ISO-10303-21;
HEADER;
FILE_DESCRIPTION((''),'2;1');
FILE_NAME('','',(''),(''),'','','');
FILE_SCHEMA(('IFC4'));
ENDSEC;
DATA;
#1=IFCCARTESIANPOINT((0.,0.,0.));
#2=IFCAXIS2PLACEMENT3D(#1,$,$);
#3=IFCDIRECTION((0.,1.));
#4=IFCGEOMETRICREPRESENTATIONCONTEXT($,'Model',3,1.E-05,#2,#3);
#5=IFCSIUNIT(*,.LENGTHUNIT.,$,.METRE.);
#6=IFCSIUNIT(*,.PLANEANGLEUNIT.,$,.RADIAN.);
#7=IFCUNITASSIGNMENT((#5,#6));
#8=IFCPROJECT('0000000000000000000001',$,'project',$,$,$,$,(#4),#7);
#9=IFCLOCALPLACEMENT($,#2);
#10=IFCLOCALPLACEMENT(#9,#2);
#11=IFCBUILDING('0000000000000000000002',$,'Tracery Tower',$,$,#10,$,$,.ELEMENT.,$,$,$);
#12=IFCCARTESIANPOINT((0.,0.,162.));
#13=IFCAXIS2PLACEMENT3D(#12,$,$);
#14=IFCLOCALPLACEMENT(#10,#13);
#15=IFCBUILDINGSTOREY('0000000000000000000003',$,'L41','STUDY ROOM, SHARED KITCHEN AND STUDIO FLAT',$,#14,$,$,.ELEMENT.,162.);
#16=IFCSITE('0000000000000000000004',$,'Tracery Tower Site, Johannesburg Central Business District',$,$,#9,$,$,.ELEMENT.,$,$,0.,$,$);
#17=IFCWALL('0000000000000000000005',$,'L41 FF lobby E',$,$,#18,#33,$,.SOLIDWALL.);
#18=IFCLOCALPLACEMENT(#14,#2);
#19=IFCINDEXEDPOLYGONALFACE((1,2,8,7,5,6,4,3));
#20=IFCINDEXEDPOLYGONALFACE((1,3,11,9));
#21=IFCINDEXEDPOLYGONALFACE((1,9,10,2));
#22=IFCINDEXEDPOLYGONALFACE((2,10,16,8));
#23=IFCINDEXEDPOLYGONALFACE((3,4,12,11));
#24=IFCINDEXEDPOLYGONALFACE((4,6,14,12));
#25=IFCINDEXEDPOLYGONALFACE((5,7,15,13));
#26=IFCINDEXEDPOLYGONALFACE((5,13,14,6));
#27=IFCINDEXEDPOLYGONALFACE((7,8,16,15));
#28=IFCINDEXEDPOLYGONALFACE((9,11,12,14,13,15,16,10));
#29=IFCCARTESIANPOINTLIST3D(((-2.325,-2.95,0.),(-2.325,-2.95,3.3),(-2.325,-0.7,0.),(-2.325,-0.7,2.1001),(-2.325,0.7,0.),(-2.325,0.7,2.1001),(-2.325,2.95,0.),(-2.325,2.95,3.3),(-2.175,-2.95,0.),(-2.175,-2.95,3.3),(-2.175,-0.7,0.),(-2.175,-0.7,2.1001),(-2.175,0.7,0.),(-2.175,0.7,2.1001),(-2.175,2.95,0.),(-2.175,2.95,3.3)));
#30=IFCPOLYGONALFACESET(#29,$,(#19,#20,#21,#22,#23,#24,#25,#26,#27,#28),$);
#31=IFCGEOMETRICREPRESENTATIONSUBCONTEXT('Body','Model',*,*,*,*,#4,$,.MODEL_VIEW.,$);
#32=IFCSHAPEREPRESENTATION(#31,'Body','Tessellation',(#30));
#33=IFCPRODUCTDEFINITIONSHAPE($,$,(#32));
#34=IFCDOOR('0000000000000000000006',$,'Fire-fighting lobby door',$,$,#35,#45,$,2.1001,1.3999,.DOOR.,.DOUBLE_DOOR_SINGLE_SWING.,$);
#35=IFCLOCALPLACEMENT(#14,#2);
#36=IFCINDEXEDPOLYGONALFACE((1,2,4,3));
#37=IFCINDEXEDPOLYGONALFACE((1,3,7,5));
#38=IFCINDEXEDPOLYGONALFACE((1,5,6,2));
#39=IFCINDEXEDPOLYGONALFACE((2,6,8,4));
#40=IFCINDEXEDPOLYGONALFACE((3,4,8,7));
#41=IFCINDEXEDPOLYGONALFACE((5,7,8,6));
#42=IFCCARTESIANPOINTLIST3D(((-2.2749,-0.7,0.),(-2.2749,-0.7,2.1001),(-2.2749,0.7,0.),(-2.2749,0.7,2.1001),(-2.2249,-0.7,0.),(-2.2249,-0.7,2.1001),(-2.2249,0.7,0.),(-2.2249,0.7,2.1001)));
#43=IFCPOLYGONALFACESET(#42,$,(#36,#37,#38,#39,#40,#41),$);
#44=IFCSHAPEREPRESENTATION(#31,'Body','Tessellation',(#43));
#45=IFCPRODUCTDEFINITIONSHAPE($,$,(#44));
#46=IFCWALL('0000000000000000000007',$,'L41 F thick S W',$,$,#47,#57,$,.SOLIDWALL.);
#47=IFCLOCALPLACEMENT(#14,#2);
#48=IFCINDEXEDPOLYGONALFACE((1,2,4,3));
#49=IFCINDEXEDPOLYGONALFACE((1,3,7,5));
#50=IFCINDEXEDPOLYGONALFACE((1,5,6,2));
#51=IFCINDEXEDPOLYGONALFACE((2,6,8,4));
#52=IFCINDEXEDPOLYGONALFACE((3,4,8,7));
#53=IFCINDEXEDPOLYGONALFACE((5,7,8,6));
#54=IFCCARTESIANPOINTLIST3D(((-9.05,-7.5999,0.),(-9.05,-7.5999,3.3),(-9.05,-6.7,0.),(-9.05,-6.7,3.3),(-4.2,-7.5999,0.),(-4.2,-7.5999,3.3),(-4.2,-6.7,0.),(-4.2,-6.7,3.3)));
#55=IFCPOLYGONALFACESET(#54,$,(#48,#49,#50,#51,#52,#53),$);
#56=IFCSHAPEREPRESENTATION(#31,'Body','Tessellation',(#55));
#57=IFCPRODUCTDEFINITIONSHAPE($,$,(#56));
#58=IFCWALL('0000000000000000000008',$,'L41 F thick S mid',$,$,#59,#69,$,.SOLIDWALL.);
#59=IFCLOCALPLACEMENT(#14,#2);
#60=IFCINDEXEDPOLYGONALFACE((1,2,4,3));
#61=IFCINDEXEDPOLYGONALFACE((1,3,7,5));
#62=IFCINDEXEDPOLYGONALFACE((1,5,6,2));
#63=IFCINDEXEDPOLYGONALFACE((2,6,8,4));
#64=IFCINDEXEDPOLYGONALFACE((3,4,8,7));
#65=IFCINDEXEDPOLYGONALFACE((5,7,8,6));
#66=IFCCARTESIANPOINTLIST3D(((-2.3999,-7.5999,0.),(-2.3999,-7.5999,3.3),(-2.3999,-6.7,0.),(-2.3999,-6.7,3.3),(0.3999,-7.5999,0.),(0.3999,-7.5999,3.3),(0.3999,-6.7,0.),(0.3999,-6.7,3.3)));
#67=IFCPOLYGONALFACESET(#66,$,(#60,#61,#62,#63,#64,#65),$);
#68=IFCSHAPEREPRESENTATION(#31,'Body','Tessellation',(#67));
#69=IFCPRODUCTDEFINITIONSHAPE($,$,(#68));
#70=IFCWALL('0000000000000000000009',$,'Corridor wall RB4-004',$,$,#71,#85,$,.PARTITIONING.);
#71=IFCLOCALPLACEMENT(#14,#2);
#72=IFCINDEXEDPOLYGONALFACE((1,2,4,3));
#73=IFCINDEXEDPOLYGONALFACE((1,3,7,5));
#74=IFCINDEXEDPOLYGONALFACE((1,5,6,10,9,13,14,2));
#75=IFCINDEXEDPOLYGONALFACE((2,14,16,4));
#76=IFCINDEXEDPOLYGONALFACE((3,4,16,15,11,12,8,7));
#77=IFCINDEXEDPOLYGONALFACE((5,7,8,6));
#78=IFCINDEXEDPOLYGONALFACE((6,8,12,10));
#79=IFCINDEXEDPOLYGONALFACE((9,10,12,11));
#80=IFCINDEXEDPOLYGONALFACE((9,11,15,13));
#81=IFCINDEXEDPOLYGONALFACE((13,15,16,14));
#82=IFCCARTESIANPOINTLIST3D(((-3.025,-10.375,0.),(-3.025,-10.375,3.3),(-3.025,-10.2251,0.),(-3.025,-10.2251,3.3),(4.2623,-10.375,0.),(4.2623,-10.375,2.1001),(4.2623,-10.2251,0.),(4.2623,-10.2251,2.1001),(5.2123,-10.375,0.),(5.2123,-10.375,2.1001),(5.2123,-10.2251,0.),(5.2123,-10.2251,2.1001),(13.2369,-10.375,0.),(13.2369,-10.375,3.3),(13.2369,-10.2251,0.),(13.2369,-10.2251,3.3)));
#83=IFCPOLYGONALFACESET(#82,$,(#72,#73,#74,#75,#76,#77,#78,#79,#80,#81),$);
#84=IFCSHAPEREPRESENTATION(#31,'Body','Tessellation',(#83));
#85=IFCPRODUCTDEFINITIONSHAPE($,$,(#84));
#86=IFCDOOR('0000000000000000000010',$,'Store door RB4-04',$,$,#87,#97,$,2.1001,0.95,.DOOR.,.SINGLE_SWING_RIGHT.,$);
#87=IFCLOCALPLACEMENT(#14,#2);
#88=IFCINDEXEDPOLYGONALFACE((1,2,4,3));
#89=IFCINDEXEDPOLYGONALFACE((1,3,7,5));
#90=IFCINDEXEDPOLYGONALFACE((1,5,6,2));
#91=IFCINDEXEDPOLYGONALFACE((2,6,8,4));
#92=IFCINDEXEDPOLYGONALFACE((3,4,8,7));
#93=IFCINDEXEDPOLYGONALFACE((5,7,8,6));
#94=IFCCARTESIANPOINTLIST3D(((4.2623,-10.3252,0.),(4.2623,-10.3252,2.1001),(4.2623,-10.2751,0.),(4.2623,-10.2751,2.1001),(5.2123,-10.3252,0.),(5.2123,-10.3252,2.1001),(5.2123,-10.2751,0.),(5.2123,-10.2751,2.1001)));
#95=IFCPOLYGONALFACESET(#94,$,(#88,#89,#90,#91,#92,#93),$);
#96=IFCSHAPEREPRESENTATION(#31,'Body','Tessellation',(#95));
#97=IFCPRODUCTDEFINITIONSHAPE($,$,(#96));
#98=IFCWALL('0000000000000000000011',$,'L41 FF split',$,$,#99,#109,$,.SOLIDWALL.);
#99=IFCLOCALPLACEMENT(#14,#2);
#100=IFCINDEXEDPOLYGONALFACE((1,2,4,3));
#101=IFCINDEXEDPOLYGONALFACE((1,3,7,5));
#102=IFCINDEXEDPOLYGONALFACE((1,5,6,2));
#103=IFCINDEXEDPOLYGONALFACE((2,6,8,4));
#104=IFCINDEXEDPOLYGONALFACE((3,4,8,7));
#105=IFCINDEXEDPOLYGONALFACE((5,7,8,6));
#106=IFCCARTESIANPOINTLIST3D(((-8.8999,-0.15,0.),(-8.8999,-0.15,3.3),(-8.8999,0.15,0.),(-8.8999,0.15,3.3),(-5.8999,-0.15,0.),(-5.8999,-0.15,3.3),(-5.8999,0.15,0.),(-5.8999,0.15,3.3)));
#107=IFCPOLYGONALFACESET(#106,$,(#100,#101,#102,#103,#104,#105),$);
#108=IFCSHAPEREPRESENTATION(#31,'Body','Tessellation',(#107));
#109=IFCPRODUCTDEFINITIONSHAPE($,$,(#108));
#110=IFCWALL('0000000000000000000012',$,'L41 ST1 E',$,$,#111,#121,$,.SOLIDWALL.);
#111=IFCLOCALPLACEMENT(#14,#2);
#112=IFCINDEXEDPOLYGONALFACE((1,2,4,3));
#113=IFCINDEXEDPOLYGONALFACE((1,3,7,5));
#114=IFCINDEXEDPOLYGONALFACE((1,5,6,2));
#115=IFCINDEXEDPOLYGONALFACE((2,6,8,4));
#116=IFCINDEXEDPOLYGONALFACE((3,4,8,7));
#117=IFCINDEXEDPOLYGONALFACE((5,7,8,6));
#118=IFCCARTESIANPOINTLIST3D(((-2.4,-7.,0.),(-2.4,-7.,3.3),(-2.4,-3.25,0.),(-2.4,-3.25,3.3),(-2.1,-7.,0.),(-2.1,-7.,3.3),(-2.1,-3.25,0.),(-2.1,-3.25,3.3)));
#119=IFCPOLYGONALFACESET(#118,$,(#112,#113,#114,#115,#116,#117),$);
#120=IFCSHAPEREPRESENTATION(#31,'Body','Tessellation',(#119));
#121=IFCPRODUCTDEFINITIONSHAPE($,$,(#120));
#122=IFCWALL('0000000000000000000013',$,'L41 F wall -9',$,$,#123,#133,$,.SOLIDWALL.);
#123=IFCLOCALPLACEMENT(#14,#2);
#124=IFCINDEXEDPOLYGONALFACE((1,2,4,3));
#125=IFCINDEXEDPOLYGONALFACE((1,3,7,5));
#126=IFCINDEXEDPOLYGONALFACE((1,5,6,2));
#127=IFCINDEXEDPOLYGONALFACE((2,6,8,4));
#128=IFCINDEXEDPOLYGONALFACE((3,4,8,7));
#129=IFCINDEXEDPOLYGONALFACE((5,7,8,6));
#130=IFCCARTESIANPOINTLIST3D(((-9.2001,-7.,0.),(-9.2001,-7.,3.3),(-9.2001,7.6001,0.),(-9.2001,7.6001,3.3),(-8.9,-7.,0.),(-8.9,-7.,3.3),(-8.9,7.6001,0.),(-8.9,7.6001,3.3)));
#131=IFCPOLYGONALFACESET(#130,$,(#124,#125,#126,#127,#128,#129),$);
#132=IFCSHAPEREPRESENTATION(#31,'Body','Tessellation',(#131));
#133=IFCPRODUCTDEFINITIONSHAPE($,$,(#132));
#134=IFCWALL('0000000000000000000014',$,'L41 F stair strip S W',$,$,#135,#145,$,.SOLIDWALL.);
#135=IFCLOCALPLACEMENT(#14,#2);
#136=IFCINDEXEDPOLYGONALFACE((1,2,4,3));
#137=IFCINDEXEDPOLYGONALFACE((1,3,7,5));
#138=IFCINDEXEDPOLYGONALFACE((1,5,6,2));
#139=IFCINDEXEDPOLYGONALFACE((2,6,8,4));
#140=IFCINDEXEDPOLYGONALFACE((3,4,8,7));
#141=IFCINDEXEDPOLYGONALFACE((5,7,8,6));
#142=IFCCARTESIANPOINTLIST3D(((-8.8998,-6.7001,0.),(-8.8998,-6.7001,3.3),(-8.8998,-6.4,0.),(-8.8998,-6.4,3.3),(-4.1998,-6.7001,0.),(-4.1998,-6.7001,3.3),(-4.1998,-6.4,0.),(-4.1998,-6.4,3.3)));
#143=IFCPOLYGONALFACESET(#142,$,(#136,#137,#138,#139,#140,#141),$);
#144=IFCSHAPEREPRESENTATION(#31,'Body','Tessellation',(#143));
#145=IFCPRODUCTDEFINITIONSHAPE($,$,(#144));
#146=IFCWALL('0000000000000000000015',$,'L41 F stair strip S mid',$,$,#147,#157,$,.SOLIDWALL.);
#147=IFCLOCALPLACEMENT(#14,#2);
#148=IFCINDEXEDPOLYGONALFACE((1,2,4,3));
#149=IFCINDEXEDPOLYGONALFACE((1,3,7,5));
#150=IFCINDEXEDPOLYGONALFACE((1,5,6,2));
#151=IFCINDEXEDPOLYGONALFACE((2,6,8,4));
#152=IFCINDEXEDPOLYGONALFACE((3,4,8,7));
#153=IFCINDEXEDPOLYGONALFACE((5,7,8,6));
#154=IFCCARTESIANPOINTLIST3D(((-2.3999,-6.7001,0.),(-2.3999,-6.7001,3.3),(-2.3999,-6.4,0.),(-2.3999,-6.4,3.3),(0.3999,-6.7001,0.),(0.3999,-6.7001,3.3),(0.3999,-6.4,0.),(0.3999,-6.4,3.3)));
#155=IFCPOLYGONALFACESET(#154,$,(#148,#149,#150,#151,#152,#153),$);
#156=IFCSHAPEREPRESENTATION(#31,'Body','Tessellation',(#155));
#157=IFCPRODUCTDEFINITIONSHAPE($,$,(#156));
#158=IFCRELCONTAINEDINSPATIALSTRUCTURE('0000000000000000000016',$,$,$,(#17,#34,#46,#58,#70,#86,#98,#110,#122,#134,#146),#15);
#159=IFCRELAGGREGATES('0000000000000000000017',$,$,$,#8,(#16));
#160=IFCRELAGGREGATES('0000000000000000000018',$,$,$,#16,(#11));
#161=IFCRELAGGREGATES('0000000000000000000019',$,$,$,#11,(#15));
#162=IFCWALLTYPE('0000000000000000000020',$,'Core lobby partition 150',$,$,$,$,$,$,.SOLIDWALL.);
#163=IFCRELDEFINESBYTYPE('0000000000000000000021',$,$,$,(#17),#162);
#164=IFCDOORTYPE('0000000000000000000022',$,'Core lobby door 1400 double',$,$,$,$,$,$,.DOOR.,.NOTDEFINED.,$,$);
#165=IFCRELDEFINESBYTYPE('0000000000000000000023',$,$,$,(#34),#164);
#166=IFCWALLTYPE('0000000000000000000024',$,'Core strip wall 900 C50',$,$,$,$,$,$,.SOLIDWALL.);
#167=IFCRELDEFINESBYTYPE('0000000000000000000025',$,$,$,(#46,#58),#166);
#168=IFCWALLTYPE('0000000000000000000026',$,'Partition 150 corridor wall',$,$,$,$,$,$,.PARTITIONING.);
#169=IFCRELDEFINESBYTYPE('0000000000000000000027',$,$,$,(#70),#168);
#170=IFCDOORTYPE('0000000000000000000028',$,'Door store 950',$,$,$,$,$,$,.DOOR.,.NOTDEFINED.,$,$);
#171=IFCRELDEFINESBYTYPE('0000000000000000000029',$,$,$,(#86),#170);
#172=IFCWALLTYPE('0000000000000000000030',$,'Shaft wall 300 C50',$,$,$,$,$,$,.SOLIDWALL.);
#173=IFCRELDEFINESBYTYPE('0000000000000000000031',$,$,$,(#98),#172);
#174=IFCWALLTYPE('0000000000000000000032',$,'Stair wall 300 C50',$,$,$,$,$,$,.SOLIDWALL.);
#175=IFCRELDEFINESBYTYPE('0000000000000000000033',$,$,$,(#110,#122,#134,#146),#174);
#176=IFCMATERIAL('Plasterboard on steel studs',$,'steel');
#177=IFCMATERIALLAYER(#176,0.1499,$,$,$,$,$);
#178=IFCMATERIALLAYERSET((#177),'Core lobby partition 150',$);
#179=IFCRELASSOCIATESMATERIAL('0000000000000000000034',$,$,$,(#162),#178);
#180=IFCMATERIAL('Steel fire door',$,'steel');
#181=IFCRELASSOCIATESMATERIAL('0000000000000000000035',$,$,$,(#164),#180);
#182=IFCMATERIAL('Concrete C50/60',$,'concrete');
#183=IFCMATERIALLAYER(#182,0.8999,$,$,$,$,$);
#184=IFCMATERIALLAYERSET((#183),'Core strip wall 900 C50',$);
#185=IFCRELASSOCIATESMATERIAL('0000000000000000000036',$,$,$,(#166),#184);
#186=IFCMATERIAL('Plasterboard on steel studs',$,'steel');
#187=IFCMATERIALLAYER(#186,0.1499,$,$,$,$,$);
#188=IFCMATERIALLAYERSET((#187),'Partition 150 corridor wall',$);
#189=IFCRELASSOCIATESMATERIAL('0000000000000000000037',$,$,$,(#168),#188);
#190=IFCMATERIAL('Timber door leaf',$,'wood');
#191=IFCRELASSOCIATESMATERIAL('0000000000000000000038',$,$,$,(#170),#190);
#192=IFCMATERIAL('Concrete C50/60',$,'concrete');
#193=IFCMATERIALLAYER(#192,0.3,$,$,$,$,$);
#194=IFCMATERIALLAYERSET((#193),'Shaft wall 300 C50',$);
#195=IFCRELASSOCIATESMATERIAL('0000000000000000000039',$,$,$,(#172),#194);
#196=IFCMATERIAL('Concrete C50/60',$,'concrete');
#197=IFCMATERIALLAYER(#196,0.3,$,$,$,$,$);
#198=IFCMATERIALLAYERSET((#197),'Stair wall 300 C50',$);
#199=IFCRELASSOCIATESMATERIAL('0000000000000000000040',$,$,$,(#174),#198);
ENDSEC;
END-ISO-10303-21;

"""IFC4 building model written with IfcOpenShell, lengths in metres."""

from ifc_helpers import new_model, si_unit, direction, frame, frame_2d, origin, place, context, subcontext, project, spatial, rectangle, extrude, material, layer, layer_set, type_object, element, fill, save


model = new_model("IFC4")

# Units and contexts
model_context = context("Model", 3, precision=1e-05, world=origin(), true_north=direction((0.0, 1.0)))
body_context = subcontext(model_context, "Body", "Model", "MODEL_VIEW")
ifc_project = project(units=[si_unit("LENGTHUNIT", "METRE"), si_unit("PLANEANGLEUNIT", "RADIAN")], contexts=[model_context])

# Site, building, storey
site_placement = place(None, origin())
site = spatial("IfcSite", under=ifc_project, at=site_placement, Name="Tracery Tower Site, Johannesburg Central Business District", CompositionType="ELEMENT", RefElevation=0.0)
building_placement = place(site_placement, origin())
building = spatial("IfcBuilding", under=site, at=building_placement, Name="Tracery Tower", CompositionType="ELEMENT")
storey_placement = place(building_placement, frame((0.0, 0.0, 162.0)))
storey = spatial("IfcBuildingStorey", under=building, at=storey_placement, Name="L41", Description="STUDY ROOM, SHARED KITCHEN AND STUDIO FLAT", CompositionType="ELEMENT", Elevation=162.0)

# Wall, opening, door
ifc_material_1 = material(Name="Plasterboard on steel studs", Category="steel")
ifc_layer_1 = layer(ifc_material_1, 0.1499)
ifc_layer_set_1 = layer_set([ifc_layer_1], Name="Core lobby partition 150")
wall_type_1 = type_object("IfcWallType", Name="Core lobby partition 150", PredefinedType="SOLIDWALL", material=ifc_layer_set_1)
wall_1_placement = place(storey_placement, frame((-2.25, -2.95, 0.0), z_axis=(0.0, 0.0, 1.0), x_axis=(0.0, 1.0, 0.0)))
wall_1 = element("IfcWall", 1, at=wall_1_placement, inside=storey, type_object=wall_type_1, Name="L41 FF lobby E", PredefinedType="SOLIDWALL", context=body_context, shape_type="SweptSolid", body=[
    extrude(rectangle(XDim=5.8999, YDim=0.1499, at=frame_2d((2.95, 0.0))), origin(), (0.0, 0.0, 1.0), 3.3),
])
opening_1_placement = place(wall_1_placement, frame((2.25, 0.0, 0.0)))
opening_1 = element("IfcOpeningElement", 2, at=opening_1_placement, cuts=wall_1, PredefinedType="OPENING", context=body_context, shape_type="SweptSolid", body=[
    extrude(rectangle(XDim=1.3999, YDim=2.1001, at=frame_2d((0.7, 1.05))), frame((0.0, 0.075, 0.0), z_axis=(0.0, -1.0, 0.0), x_axis=(1.0, 0.0, 0.0)), (0.0, 0.0, 1.0), 0.1499),
])
ifc_material_2 = material(Name="Steel fire door", Category="steel")
door_type_1 = type_object("IfcDoorType", Name="Core lobby door 1400 double", OperationType="NOTDEFINED", PredefinedType="DOOR", material=ifc_material_2)
door_1_placement = place(opening_1_placement, origin())
door_1 = element("IfcDoor", 3, at=door_1_placement, inside=storey, type_object=door_type_1, Name="Fire-fighting lobby door", OperationType="DOUBLE_DOOR_SINGLE_SWING", OverallHeight=2.1001, OverallWidth=1.3999, PredefinedType="DOOR", context=body_context, shape_type="SweptSolid", body=[
    extrude(rectangle(XDim=1.3999, YDim=2.1001, at=frame_2d((0.7, 1.05))), frame((0.0, 0.0249, 0.0), z_axis=(0.0, -1.0, 0.0), x_axis=(1.0, 0.0, 0.0)), (0.0, 0.0, 1.0), 0.05),
])
fill(opening_1, door_1)

# Walls
ifc_material_3 = material(Name="Concrete C50/60", Category="concrete")
ifc_layer_2 = layer(ifc_material_3, 0.8999)
ifc_layer_set_2 = layer_set([ifc_layer_2], Name="Core strip wall 900 C50")
wall_type_2 = type_object("IfcWallType", Name="Core strip wall 900 C50", PredefinedType="SOLIDWALL", material=ifc_layer_set_2)
wall_2_placement = place(storey_placement, frame((-9.05, -7.1499, 0.0), z_axis=(0.0, 0.0, 1.0), x_axis=(1.0, 0.0, 0.0)))
element("IfcWall", 4, at=wall_2_placement, inside=storey, type_object=wall_type_2, Name="L41 F thick S W", PredefinedType="SOLIDWALL", context=body_context, shape_type="SweptSolid", body=[
    extrude(rectangle(XDim=4.8501, YDim=0.8999, at=frame_2d((2.425, 0.0))), origin(), (0.0, 0.0, 1.0), 3.3),
])
wall_3_placement = place(storey_placement, frame((-2.3999, -7.1499, 0.0), z_axis=(0.0, 0.0, 1.0), x_axis=(1.0, 0.0, 0.0)))
element("IfcWall", 5, at=wall_3_placement, inside=storey, type_object=wall_type_2, Name="L41 F thick S mid", PredefinedType="SOLIDWALL", context=body_context, shape_type="SweptSolid", body=[
    extrude(rectangle(XDim=2.7998, YDim=0.8999, at=frame_2d((1.3999, 0.0))), origin(), (0.0, 0.0, 1.0), 3.3),
])

# Wall, opening, door
ifc_material_4 = material(Name="Plasterboard on steel studs", Category="steel")
ifc_layer_3 = layer(ifc_material_4, 0.1499)
ifc_layer_set_3 = layer_set([ifc_layer_3], Name="Partition 150 corridor wall")
wall_type_3 = type_object("IfcWallType", Name="Partition 150 corridor wall", PredefinedType="PARTITIONING", material=ifc_layer_set_3)
wall_4_placement = place(storey_placement, frame((-3.0249, -10.3, 0.0), z_axis=(0.0, 0.0, 1.0), x_axis=(1.0, 0.0, 0.0)))
wall_4 = element("IfcWall", 6, at=wall_4_placement, inside=storey, type_object=wall_type_3, Name="Corridor wall RB4-004", PredefinedType="PARTITIONING", context=body_context, shape_type="SweptSolid", body=[
    extrude(rectangle(XDim=16.262, YDim=0.1499, at=frame_2d((8.1309, 0.0))), origin(), (0.0, 0.0, 1.0), 3.3),
])
opening_2_placement = place(wall_4_placement, frame((7.2871, 0.0, 0.0)))
opening_2 = element("IfcOpeningElement", 7, at=opening_2_placement, cuts=wall_4, PredefinedType="OPENING", context=body_context, shape_type="SweptSolid", body=[
    extrude(rectangle(XDim=0.95, YDim=2.1001, at=frame_2d((0.4751, 1.05))), frame((0.0, 0.075, 0.0), z_axis=(0.0, -1.0, 0.0), x_axis=(1.0, 0.0, 0.0)), (0.0, 0.0, 1.0), 0.1499),
])
ifc_material_5 = material(Name="Timber door leaf", Category="wood")
door_type_2 = type_object("IfcDoorType", Name="Door store 950", OperationType="NOTDEFINED", PredefinedType="DOOR", material=ifc_material_5)
door_2_placement = place(opening_2_placement, origin())
door_2 = element("IfcDoor", 8, at=door_2_placement, inside=storey, type_object=door_type_2, Name="Store door RB4-04", OperationType="SINGLE_SWING_RIGHT", OverallHeight=2.1001, OverallWidth=0.95, PredefinedType="DOOR", context=body_context, shape_type="SweptSolid", body=[
    extrude(rectangle(XDim=0.95, YDim=2.1001, at=frame_2d((0.4751, 1.05))), frame((0.0, 0.0249, 0.0), z_axis=(0.0, -1.0, 0.0), x_axis=(1.0, 0.0, 0.0)), (0.0, 0.0, 1.0), 0.05),
])
fill(opening_2, door_2)

# Wall
ifc_material_6 = material(Name="Concrete C50/60", Category="concrete")
ifc_layer_4 = layer(ifc_material_6, 0.3)
ifc_layer_set_4 = layer_set([ifc_layer_4], Name="Shaft wall 300 C50")
wall_type_4 = type_object("IfcWallType", Name="Shaft wall 300 C50", PredefinedType="SOLIDWALL", material=ifc_layer_set_4)
wall_5_placement = place(storey_placement, frame((-8.8999, 0.0, 0.0), z_axis=(0.0, 0.0, 1.0), x_axis=(1.0, 0.0, 0.0)))
element("IfcWall", 9, at=wall_5_placement, inside=storey, type_object=wall_type_4, Name="L41 FF split", PredefinedType="SOLIDWALL", context=body_context, shape_type="SweptSolid", body=[
    extrude(rectangle(XDim=3.0, YDim=0.3, at=frame_2d((1.5, 0.0))), origin(), (0.0, 0.0, 1.0), 3.3),
])

# Shared definitions
ifc_material_7 = material(Name="Concrete C50/60", Category="concrete")
ifc_layer_5 = layer(ifc_material_7, 0.3)
ifc_layer_set_5 = layer_set([ifc_layer_5], Name="Stair wall 300 C50")
wall_type_5 = type_object("IfcWallType", Name="Stair wall 300 C50", PredefinedType="SOLIDWALL", material=ifc_layer_set_5)

# Walls
wall_6_placement = place(storey_placement, frame((-2.25, -7.0, 0.0), z_axis=(0.0, 0.0, 1.0), x_axis=(0.0, 1.0, 0.0)))
element("IfcWall", 10, at=wall_6_placement, inside=storey, type_object=wall_type_5, Name="L41 ST1 E", PredefinedType="SOLIDWALL", context=body_context, shape_type="SweptSolid", body=[
    extrude(rectangle(XDim=3.75, YDim=0.3, at=frame_2d((1.875, 0.0))), origin(), (0.0, 0.0, 1.0), 3.3),
])
wall_7_placement = place(storey_placement, frame((-9.05, -7.0, 0.0), z_axis=(0.0, 0.0, 1.0), x_axis=(0.0, 1.0, 0.0)))
element("IfcWall", 11, at=wall_7_placement, inside=storey, type_object=wall_type_5, Name="L41 F wall -9", PredefinedType="SOLIDWALL", context=body_context, shape_type="SweptSolid", body=[
    extrude(rectangle(XDim=14.6001, YDim=0.3, at=frame_2d((7.3, 0.0))), origin(), (0.0, 0.0, 1.0), 3.3),
])
wall_8_placement = place(storey_placement, frame((-8.8999, -6.55, 0.0), z_axis=(0.0, 0.0, 1.0), x_axis=(1.0, 0.0, 0.0)))
element("IfcWall", 12, at=wall_8_placement, inside=storey, type_object=wall_type_5, Name="L41 F stair strip S W", PredefinedType="SOLIDWALL", context=body_context, shape_type="SweptSolid", body=[
    extrude(rectangle(XDim=4.7, YDim=0.3, at=frame_2d((2.3501, 0.0))), origin(), (0.0, 0.0, 1.0), 3.3),
])
wall_9_placement = place(storey_placement, frame((-2.3999, -6.55, 0.0), z_axis=(0.0, 0.0, 1.0), x_axis=(1.0, 0.0, 0.0)))
element("IfcWall", 13, at=wall_9_placement, inside=storey, type_object=wall_type_5, Name="L41 F stair strip S mid", PredefinedType="SOLIDWALL", context=body_context, shape_type="SweptSolid", body=[
    extrude(rectangle(XDim=2.7998, YDim=0.3, at=frame_2d((1.3999, 0.0))), origin(), (0.0, 0.0, 1.0), 3.3),
])

save(model, "model.ifc")
